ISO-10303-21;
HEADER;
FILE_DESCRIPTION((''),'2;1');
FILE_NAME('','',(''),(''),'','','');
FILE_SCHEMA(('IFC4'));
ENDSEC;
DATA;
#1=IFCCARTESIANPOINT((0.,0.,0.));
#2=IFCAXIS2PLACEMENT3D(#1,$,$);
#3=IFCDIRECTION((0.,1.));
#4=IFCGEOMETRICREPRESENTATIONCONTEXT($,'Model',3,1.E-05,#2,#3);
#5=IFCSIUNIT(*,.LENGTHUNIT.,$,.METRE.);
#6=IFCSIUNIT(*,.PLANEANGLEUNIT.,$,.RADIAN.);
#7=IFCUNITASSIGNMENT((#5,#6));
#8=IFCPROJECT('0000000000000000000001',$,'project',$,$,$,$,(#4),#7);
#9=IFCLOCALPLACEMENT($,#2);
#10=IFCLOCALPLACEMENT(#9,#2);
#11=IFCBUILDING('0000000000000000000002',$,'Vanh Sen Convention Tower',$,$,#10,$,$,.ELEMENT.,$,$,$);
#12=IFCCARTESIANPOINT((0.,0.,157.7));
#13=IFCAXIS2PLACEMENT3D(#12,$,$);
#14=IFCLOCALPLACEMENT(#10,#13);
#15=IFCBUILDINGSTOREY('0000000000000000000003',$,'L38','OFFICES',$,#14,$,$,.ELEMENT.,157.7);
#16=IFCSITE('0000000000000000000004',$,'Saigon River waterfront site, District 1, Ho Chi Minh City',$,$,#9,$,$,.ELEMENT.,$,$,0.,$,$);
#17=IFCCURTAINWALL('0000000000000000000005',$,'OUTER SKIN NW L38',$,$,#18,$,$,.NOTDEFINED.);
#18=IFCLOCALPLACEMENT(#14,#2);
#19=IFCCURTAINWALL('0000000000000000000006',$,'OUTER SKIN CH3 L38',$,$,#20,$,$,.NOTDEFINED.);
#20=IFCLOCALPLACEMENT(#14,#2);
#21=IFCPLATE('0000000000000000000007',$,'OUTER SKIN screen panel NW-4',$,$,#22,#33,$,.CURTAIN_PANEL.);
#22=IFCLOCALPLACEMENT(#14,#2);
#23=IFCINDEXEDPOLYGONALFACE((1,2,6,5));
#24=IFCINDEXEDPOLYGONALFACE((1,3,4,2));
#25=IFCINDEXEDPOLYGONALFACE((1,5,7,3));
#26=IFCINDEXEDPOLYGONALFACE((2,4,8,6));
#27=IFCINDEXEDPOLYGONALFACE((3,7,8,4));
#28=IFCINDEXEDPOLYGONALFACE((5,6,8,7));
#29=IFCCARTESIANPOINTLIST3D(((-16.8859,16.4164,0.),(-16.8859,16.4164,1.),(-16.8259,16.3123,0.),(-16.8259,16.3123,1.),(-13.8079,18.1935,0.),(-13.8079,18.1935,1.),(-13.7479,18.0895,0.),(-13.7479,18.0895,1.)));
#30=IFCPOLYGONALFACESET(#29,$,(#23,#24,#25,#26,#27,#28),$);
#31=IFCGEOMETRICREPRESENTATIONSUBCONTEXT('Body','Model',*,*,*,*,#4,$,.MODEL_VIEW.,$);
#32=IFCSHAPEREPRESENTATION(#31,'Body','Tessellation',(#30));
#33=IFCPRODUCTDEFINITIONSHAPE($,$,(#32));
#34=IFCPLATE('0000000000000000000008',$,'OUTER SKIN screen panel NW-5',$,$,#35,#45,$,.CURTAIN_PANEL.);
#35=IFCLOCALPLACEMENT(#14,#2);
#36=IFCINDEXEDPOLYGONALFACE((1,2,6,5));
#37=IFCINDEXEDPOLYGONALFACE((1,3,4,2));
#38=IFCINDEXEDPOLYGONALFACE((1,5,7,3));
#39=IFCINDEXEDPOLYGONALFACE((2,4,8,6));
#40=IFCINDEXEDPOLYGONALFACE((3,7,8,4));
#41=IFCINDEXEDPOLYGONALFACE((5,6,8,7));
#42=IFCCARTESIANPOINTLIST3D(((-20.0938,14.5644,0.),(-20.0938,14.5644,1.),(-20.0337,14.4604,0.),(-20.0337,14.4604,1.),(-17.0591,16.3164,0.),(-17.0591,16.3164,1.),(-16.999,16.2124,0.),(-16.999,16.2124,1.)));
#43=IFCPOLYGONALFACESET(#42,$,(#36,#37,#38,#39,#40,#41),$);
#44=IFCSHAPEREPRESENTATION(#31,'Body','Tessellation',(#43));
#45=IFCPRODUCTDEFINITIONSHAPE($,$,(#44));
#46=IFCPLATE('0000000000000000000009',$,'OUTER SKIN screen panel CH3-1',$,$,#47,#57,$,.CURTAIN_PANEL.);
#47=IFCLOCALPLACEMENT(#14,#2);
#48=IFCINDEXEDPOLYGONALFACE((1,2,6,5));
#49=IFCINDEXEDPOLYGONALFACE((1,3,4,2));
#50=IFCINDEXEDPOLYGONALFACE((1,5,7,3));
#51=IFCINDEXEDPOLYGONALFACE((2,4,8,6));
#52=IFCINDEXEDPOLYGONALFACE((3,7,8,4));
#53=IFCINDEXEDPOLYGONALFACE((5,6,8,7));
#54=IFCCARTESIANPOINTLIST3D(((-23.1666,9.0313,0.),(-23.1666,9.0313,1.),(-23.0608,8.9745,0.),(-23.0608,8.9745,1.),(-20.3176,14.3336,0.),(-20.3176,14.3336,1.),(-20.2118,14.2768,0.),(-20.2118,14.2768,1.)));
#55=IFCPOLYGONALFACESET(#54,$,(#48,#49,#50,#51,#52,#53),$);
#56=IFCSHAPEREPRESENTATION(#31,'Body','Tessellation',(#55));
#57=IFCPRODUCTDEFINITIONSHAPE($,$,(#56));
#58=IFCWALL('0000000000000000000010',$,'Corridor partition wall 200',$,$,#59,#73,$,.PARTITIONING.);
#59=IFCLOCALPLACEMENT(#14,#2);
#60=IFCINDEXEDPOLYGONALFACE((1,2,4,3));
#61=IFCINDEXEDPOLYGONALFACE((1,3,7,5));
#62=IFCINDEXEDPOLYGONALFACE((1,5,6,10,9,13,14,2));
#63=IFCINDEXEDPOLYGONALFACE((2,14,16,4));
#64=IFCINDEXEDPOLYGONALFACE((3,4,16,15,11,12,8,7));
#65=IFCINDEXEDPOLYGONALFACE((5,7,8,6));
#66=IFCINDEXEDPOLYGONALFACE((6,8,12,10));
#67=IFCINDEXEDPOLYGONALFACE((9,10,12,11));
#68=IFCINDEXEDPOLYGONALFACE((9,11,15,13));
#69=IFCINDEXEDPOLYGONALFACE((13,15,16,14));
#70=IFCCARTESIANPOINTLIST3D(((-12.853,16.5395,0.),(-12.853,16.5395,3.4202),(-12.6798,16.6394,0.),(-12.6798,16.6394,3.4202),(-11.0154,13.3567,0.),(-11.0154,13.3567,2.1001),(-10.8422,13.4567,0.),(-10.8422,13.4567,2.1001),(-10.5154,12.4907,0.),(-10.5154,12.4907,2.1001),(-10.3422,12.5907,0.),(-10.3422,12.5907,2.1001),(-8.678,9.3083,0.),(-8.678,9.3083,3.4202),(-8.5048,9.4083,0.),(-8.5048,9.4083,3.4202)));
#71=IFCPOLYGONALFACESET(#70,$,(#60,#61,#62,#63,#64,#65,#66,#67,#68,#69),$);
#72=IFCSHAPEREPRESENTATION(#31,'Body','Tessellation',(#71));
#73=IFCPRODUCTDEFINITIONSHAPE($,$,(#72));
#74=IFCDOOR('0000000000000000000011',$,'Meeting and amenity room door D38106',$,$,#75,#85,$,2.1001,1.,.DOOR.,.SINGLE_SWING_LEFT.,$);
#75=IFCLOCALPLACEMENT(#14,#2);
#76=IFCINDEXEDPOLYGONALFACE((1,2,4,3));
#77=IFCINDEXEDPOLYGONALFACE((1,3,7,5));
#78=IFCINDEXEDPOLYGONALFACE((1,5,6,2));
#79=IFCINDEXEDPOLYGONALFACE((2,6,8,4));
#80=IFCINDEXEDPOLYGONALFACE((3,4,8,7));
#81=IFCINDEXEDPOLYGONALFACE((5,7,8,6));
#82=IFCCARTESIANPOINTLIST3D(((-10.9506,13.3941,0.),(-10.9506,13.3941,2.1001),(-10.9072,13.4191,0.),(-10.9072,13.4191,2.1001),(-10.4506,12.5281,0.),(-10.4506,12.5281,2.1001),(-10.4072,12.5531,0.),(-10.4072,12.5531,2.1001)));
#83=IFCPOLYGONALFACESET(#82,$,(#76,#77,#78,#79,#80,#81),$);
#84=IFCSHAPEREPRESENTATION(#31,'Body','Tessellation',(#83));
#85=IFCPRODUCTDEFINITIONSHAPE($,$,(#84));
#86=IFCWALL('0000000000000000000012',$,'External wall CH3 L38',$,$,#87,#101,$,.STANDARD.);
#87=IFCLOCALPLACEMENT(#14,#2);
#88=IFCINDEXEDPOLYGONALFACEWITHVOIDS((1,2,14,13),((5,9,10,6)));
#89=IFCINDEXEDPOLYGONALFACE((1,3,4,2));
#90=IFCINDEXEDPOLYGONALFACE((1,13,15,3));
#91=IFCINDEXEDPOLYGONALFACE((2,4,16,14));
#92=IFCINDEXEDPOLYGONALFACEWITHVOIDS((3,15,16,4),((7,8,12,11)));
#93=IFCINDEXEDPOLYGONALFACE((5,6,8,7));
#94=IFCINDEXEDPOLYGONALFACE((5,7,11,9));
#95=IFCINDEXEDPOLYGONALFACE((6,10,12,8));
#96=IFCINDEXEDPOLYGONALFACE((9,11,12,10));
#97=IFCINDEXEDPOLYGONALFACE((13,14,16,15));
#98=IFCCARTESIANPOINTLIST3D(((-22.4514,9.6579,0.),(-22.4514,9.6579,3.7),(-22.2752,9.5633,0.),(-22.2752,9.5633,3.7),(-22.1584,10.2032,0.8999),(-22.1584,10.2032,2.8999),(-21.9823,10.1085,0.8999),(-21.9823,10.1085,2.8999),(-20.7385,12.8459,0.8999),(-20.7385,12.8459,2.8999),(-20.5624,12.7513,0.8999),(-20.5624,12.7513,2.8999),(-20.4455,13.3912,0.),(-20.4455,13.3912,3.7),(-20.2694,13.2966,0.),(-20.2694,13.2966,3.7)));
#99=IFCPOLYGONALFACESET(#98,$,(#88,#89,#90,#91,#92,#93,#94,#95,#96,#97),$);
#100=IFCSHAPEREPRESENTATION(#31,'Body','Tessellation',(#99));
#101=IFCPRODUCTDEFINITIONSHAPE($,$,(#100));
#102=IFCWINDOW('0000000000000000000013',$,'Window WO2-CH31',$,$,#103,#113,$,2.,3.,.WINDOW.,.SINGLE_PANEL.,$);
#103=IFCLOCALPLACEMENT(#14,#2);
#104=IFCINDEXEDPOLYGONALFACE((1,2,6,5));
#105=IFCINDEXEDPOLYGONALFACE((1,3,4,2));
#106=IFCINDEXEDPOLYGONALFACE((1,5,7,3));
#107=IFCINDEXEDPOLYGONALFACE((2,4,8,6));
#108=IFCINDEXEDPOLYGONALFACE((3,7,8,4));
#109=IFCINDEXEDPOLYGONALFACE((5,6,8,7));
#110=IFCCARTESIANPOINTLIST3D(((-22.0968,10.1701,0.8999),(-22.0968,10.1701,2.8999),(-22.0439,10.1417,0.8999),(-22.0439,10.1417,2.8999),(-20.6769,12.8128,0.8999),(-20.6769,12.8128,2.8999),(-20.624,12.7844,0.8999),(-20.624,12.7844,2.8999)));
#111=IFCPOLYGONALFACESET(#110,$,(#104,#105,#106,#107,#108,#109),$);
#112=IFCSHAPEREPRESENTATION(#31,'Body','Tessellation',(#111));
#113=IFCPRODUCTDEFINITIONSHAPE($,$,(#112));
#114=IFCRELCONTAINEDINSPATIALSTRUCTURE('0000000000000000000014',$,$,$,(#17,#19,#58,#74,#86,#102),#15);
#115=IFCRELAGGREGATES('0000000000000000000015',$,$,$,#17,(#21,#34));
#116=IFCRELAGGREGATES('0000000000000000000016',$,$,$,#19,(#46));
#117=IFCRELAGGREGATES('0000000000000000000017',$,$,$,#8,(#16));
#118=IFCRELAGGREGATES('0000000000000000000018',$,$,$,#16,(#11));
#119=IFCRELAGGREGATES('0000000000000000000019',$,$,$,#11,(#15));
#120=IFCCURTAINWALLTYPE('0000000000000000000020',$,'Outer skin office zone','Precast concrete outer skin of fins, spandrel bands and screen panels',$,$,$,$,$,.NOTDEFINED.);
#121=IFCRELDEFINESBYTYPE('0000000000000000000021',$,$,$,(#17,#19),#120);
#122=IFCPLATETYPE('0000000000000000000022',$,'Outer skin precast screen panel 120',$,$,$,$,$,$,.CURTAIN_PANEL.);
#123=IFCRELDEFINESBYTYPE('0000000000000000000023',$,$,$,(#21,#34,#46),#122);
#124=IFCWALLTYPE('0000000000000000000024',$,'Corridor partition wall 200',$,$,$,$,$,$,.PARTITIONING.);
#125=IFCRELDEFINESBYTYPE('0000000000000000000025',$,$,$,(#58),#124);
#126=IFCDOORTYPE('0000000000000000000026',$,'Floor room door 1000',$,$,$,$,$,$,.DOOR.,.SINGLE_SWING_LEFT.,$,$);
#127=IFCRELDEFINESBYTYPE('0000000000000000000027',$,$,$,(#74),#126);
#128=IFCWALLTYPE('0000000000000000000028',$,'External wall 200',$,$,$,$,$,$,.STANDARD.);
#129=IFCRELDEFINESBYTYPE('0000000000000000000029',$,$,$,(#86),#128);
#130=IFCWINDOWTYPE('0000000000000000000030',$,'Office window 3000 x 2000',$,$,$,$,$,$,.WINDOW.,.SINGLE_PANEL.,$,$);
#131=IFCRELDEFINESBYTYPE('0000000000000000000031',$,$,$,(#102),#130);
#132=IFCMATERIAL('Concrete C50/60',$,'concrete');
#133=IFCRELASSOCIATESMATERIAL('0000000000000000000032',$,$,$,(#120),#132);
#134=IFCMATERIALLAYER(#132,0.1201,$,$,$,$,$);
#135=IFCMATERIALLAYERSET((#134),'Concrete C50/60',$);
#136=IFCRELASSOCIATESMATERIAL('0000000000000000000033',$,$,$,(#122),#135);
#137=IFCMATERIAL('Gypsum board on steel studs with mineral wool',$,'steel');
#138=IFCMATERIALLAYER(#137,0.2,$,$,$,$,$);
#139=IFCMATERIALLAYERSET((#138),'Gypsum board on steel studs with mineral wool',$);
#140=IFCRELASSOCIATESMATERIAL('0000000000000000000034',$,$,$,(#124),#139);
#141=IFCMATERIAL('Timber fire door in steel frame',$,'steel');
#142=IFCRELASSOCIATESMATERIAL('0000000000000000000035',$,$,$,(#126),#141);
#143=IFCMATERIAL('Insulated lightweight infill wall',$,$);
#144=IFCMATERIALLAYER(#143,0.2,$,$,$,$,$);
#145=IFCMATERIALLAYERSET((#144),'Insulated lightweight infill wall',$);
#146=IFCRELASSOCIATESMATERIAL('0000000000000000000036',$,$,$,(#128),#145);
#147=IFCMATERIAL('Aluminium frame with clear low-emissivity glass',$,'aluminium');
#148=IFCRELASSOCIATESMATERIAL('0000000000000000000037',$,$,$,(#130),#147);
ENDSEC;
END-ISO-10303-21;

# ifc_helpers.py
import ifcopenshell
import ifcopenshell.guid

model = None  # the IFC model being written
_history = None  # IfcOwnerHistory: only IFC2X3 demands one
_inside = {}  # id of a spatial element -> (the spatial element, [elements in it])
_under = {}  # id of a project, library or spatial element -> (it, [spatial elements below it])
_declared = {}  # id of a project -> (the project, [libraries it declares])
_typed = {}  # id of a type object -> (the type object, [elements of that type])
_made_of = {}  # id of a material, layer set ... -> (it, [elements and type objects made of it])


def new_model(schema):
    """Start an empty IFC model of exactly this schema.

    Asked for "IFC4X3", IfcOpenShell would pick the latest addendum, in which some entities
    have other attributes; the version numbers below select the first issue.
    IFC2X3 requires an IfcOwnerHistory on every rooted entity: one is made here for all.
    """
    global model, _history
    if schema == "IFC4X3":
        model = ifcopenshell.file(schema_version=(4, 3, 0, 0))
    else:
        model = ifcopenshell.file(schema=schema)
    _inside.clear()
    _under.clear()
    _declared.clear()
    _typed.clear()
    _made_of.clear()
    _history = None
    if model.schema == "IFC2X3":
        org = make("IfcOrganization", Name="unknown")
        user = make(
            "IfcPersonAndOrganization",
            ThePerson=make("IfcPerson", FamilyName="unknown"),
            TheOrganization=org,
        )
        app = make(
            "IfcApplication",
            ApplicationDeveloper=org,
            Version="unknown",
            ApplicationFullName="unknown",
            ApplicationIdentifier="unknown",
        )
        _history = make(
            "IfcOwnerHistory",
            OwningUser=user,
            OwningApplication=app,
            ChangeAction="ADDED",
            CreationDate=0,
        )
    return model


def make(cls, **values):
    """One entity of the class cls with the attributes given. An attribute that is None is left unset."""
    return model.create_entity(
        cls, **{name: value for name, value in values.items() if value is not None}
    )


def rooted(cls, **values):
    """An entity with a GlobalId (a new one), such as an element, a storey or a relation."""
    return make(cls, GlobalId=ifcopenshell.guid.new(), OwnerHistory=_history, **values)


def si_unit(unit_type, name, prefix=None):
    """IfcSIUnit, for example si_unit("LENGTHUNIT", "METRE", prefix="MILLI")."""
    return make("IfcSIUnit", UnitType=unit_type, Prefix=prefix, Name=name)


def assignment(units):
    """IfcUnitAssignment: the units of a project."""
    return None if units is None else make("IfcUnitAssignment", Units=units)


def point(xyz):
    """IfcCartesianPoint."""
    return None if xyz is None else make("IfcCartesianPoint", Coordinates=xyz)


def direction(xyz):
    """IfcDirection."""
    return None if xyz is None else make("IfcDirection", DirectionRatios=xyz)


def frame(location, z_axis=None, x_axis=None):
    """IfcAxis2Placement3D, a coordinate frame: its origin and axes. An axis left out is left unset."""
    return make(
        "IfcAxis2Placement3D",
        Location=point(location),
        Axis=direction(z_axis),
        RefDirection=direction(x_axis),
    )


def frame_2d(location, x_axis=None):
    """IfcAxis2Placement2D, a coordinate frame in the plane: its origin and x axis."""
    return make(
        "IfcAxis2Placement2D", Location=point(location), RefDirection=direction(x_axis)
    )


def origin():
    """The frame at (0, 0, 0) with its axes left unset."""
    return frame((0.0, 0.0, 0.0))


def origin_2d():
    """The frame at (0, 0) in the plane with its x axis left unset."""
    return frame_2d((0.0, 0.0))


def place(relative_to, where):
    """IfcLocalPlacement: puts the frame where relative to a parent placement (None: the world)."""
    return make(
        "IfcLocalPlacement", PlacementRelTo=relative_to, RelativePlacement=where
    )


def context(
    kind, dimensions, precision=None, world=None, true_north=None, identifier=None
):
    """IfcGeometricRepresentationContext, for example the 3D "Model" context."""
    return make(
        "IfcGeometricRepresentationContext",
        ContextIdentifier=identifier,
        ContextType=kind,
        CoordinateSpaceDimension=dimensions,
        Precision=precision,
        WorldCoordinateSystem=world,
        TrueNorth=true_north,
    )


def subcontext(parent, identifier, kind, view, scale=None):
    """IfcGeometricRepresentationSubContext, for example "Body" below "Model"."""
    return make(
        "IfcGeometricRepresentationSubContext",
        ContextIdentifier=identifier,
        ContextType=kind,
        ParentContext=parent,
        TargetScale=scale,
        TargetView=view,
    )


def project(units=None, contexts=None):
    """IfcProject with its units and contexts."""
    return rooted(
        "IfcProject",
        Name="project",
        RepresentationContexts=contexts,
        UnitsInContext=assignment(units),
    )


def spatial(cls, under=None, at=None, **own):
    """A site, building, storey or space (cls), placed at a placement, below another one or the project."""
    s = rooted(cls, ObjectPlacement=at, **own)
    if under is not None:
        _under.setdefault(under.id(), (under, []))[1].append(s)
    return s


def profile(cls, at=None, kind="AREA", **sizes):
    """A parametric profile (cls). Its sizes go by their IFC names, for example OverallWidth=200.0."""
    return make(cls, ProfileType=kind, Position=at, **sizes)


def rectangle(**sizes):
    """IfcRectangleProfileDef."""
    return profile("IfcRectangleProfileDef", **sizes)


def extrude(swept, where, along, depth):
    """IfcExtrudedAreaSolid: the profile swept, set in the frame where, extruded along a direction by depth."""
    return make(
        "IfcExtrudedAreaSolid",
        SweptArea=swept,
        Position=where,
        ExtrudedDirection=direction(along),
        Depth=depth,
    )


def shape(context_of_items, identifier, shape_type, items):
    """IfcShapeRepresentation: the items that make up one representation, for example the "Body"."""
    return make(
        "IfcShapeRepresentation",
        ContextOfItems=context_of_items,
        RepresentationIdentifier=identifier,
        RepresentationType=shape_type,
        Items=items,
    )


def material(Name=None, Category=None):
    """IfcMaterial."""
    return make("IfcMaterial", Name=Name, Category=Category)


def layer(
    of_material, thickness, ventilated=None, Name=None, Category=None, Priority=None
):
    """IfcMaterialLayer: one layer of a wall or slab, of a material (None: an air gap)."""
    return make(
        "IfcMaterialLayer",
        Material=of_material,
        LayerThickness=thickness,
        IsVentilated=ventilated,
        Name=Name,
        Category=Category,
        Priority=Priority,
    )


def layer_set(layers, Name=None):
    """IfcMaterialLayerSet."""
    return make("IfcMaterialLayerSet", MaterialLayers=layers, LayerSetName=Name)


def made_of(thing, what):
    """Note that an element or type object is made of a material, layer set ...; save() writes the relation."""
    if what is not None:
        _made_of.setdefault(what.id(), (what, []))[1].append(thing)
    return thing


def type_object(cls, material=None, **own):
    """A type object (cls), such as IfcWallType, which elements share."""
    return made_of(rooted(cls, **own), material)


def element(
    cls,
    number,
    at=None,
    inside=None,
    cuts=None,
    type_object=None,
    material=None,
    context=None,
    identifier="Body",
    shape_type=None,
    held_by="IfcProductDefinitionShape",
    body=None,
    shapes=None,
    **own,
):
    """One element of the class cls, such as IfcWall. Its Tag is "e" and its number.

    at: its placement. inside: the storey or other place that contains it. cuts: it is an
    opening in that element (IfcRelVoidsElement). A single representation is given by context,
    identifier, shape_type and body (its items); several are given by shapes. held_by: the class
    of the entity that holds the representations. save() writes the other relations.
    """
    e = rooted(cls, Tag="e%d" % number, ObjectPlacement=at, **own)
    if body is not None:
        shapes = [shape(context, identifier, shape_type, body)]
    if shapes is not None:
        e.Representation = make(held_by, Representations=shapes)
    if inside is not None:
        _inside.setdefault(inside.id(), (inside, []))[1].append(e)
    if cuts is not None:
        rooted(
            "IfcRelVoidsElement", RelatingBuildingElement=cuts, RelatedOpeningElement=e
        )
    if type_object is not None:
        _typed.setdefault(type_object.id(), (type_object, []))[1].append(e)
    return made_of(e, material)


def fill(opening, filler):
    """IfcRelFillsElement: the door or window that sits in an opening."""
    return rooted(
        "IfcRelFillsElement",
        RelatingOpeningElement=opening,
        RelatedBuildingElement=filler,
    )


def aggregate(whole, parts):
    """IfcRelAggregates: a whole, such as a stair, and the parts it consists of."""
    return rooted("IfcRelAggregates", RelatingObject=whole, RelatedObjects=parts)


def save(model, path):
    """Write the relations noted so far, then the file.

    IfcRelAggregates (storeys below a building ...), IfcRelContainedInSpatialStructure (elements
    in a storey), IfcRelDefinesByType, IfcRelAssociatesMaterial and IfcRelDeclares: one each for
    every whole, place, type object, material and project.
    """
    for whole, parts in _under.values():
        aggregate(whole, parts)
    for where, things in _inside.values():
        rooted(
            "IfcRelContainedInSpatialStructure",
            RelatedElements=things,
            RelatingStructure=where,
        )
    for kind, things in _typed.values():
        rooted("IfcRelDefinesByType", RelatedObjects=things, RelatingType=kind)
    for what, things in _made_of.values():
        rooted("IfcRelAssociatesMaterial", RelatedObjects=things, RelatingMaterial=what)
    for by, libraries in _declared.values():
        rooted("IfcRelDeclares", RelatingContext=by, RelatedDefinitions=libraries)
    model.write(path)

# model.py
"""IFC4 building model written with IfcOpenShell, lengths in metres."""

from ifc_helpers import new_model, si_unit, direction, frame, frame_2d, origin, origin_2d, place, context, subcontext, project, spatial, rectangle, extrude, material, layer, layer_set, type_object, element, fill, aggregate, save


model = new_model("IFC4")

# Units and contexts
model_context = context("Model", 3, precision=1e-05, world=origin(), true_north=direction((0.0, 1.0)))
body_context = subcontext(model_context, "Body", "Model", "MODEL_VIEW")
ifc_project = project(units=[si_unit("LENGTHUNIT", "METRE"), si_unit("PLANEANGLEUNIT", "RADIAN")], contexts=[model_context])

# Site, building, storey
site_placement = place(None, origin())
site = spatial("IfcSite", under=ifc_project, at=site_placement, Name="Saigon River waterfront site, District 1, Ho Chi Minh City", CompositionType="ELEMENT", RefElevation=0.0)
building_placement = place(site_placement, origin())
building = spatial("IfcBuilding", under=site, at=building_placement, Name="Vanh Sen Convention Tower", CompositionType="ELEMENT")
storey_placement = place(building_placement, frame((0.0, 0.0, 157.7)))
storey = spatial("IfcBuildingStorey", under=building, at=storey_placement, Name="L38", Description="OFFICES", CompositionType="ELEMENT", Elevation=157.7)

# Curtain wall
ifc_material_1 = material(Name="Concrete C50/60", Category="concrete")
curtain_wall_type = type_object("IfcCurtainWallType", Name="Outer skin office zone", Description="Precast concrete outer skin of fins, spandrel bands and screen panels", PredefinedType="NOTDEFINED", material=ifc_material_1)
curtain_wall_1_placement = place(storey_placement, origin())
curtain_wall_1 = element("IfcCurtainWall", 1, at=curtain_wall_1_placement, inside=storey, type_object=curtain_wall_type, Name="OUTER SKIN NW L38", PredefinedType="NOTDEFINED")

# Curtain wall
curtain_wall_2_placement = place(storey_placement, origin())
curtain_wall_2 = element("IfcCurtainWall", 2, at=curtain_wall_2_placement, inside=storey, type_object=curtain_wall_type, Name="OUTER SKIN CH3 L38", PredefinedType="NOTDEFINED")

# Plates
ifc_layer_1 = layer(ifc_material_1, 0.1201)
ifc_layer_set_1 = layer_set([ifc_layer_1], Name="Concrete C50/60")
plate_type = type_object("IfcPlateType", Name="Outer skin precast screen panel 120", PredefinedType="CURTAIN_PANEL", material=ifc_layer_set_1)
plate_1_placement = place(storey_placement, frame((-15.3169, 17.2529, 0.0), z_axis=(0.0, 0.0, 1.0), x_axis=(-0.866017, -0.500015, 0.0)))
plate_1 = element("IfcPlate", 3, at=plate_1_placement, type_object=plate_type, Name="OUTER SKIN screen panel NW-4", PredefinedType="CURTAIN_PANEL", context=body_context, shape_type="SweptSolid", body=[
    extrude(rectangle(XDim=3.5542, YDim=0.1201, at=origin_2d()), origin(), (0.0, 0.0, 1.0), 1.0),
])
plate_2_placement = place(storey_placement, frame((-18.5464, 15.3884, 0.0), z_axis=(0.0, 0.0, 1.0), x_axis=(-0.866035, -0.499983, 0.0)))
plate_2 = element("IfcPlate", 4, at=plate_2_placement, type_object=plate_type, Name="OUTER SKIN screen panel NW-5", PredefinedType="CURTAIN_PANEL", context=body_context, shape_type="SweptSolid", body=[
    extrude(rectangle(XDim=3.5042, YDim=0.1201, at=origin_2d()), origin(), (0.0, 0.0, 1.0), 1.0),
])
aggregate(curtain_wall_1, [plate_1, plate_2])
plate_3_placement = place(storey_placement, frame((-21.6892, 11.6541, 0.0), z_axis=(0.0, 0.0, 1.0), x_axis=(-0.473318, -0.880892, 0.0)))
plate_3 = element("IfcPlate", 5, at=plate_3_placement, type_object=plate_type, Name="OUTER SKIN screen panel CH3-1", PredefinedType="CURTAIN_PANEL", context=body_context, shape_type="SweptSolid", body=[
    extrude(rectangle(XDim=6.0193, YDim=0.1201, at=origin_2d()), origin(), (0.0, 0.0, 1.0), 1.0),
])
aggregate(curtain_wall_2, [plate_3])

# Wall, opening, door
ifc_material_2 = material(Name="Gypsum board on steel studs with mineral wool", Category="steel")
ifc_layer_2 = layer(ifc_material_2, 0.2)
ifc_layer_set_2 = layer_set([ifc_layer_2], Name="Gypsum board on steel studs with mineral wool")
wall_type_1 = type_object("IfcWallType", Name="Corridor partition wall 200", PredefinedType="PARTITIONING", material=ifc_layer_set_2)
wall_1_placement = place(storey_placement, frame((-12.7664, 16.5894, 0.0), z_axis=(0.0, 0.0, 1.0), x_axis=(0.50001, -0.86602, 0.0)))
wall_1 = element("IfcWall", 6, at=wall_1_placement, inside=storey, type_object=wall_type_1, Name="Corridor partition wall 200", PredefinedType="PARTITIONING", context=body_context, shape_type="SweptSolid", body=[
    extrude(rectangle(XDim=8.3499, YDim=0.2, at=frame_2d((4.1748, 0.0))), origin(), (0.0, 0.0, 1.0), 3.4202),
])
opening_1_placement = place(wall_1_placement, frame((3.675, 0.0, 0.0)))
opening_1 = element("IfcOpeningElement", 7, at=opening_1_placement, cuts=wall_1, PredefinedType="OPENING", context=body_context, shape_type="SweptSolid", body=[
    extrude(rectangle(XDim=1.0, YDim=2.1001, at=frame_2d((0.5, 1.05))), frame((0.0, 0.1099, 0.0), z_axis=(0.0, -1.0, 0.0), x_axis=(1.0, 0.0, 0.0)), (0.0, 0.0, 1.0), 0.22),
])
ifc_material_3 = material(Name="Timber fire door in steel frame", Category="steel")
door_type = type_object("IfcDoorType", Name="Floor room door 1000", OperationType="SINGLE_SWING_LEFT", PredefinedType="DOOR", material=ifc_material_3)
door_placement = place(opening_1_placement, origin())
door = element("IfcDoor", 8, at=door_placement, inside=storey, type_object=door_type, Name="Meeting and amenity room door D38106", OperationType="SINGLE_SWING_LEFT", OverallHeight=2.1001, OverallWidth=1.0, PredefinedType="DOOR", context=body_context, shape_type="SweptSolid", body=[
    extrude(rectangle(XDim=1.0, YDim=2.1001, at=frame_2d((0.5, 1.05))), frame((0.0, 0.0249, 0.0), z_axis=(0.0, -1.0, 0.0), x_axis=(1.0, 0.0, 0.0)), (0.0, 0.0, 1.0), 0.05),
])
fill(opening_1, door)

# Wall, opening, window
ifc_material_4 = material(Name="Insulated lightweight infill wall")
ifc_layer_3 = layer(ifc_material_4, 0.2)
ifc_layer_set_3 = layer_set([ifc_layer_3], Name="Insulated lightweight infill wall")
wall_type_2 = type_object("IfcWallType", Name="External wall 200", PredefinedType="STANDARD", material=ifc_layer_set_3)
wall_2_placement = place(storey_placement, frame((-20.3574, 13.344, 0.0), z_axis=(0.0, 0.0, 1.0), x_axis=(-0.473289, -0.880907, 0.0)))
wall_2 = element("IfcWall", 9, at=wall_2_placement, inside=storey, type_object=wall_type_2, Name="External wall CH3 L38", PredefinedType="STANDARD", context=body_context, shape_type="SweptSolid", body=[
    extrude(rectangle(XDim=4.238, YDim=0.2, at=frame_2d((2.1191, 0.0))), origin(), (0.0, 0.0, 1.0), 3.7),
])
opening_2_placement = place(wall_2_placement, frame((0.6191, 0.0, 0.8999)))
opening_2 = element("IfcOpeningElement", 10, at=opening_2_placement, cuts=wall_2, PredefinedType="OPENING", context=body_context, shape_type="SweptSolid", body=[
    extrude(rectangle(XDim=3.0, YDim=2.0, at=frame_2d((1.5, 1.0))), frame((0.0, 0.1099, 0.0), z_axis=(0.0, -1.0, 0.0), x_axis=(1.0, 0.0, 0.0)), (0.0, 0.0, 1.0), 0.22),
])
ifc_material_5 = material(Name="Aluminium frame with clear low-emissivity glass", Category="aluminium")
window_type_1 = type_object("IfcWindowType", Name="Office window 3000 x 2000", PartitioningType="SINGLE_PANEL", PredefinedType="WINDOW", material=ifc_material_5)
window_1_placement = place(opening_2_placement, origin())
window_1 = element("IfcWindow", 11, at=window_1_placement, inside=storey, type_object=window_type_1, Name="Window WO2-CH31", OverallHeight=2.0, OverallWidth=3.0, PartitioningType="SINGLE_PANEL", PredefinedType="WINDOW", context=body_context, shape_type="SweptSolid", body=[
    extrude(rectangle(XDim=3.0, YDim=2.0, at=frame_2d((1.5, 1.0))), frame((0.0, 0.03, 0.0), z_axis=(0.0, -1.0, 0.0), x_axis=(1.0, 0.0, 0.0)), (0.0, 0.0, 1.0), 0.0601),
])
fill(opening_2, window_1)

save(model, "model.ifc")
